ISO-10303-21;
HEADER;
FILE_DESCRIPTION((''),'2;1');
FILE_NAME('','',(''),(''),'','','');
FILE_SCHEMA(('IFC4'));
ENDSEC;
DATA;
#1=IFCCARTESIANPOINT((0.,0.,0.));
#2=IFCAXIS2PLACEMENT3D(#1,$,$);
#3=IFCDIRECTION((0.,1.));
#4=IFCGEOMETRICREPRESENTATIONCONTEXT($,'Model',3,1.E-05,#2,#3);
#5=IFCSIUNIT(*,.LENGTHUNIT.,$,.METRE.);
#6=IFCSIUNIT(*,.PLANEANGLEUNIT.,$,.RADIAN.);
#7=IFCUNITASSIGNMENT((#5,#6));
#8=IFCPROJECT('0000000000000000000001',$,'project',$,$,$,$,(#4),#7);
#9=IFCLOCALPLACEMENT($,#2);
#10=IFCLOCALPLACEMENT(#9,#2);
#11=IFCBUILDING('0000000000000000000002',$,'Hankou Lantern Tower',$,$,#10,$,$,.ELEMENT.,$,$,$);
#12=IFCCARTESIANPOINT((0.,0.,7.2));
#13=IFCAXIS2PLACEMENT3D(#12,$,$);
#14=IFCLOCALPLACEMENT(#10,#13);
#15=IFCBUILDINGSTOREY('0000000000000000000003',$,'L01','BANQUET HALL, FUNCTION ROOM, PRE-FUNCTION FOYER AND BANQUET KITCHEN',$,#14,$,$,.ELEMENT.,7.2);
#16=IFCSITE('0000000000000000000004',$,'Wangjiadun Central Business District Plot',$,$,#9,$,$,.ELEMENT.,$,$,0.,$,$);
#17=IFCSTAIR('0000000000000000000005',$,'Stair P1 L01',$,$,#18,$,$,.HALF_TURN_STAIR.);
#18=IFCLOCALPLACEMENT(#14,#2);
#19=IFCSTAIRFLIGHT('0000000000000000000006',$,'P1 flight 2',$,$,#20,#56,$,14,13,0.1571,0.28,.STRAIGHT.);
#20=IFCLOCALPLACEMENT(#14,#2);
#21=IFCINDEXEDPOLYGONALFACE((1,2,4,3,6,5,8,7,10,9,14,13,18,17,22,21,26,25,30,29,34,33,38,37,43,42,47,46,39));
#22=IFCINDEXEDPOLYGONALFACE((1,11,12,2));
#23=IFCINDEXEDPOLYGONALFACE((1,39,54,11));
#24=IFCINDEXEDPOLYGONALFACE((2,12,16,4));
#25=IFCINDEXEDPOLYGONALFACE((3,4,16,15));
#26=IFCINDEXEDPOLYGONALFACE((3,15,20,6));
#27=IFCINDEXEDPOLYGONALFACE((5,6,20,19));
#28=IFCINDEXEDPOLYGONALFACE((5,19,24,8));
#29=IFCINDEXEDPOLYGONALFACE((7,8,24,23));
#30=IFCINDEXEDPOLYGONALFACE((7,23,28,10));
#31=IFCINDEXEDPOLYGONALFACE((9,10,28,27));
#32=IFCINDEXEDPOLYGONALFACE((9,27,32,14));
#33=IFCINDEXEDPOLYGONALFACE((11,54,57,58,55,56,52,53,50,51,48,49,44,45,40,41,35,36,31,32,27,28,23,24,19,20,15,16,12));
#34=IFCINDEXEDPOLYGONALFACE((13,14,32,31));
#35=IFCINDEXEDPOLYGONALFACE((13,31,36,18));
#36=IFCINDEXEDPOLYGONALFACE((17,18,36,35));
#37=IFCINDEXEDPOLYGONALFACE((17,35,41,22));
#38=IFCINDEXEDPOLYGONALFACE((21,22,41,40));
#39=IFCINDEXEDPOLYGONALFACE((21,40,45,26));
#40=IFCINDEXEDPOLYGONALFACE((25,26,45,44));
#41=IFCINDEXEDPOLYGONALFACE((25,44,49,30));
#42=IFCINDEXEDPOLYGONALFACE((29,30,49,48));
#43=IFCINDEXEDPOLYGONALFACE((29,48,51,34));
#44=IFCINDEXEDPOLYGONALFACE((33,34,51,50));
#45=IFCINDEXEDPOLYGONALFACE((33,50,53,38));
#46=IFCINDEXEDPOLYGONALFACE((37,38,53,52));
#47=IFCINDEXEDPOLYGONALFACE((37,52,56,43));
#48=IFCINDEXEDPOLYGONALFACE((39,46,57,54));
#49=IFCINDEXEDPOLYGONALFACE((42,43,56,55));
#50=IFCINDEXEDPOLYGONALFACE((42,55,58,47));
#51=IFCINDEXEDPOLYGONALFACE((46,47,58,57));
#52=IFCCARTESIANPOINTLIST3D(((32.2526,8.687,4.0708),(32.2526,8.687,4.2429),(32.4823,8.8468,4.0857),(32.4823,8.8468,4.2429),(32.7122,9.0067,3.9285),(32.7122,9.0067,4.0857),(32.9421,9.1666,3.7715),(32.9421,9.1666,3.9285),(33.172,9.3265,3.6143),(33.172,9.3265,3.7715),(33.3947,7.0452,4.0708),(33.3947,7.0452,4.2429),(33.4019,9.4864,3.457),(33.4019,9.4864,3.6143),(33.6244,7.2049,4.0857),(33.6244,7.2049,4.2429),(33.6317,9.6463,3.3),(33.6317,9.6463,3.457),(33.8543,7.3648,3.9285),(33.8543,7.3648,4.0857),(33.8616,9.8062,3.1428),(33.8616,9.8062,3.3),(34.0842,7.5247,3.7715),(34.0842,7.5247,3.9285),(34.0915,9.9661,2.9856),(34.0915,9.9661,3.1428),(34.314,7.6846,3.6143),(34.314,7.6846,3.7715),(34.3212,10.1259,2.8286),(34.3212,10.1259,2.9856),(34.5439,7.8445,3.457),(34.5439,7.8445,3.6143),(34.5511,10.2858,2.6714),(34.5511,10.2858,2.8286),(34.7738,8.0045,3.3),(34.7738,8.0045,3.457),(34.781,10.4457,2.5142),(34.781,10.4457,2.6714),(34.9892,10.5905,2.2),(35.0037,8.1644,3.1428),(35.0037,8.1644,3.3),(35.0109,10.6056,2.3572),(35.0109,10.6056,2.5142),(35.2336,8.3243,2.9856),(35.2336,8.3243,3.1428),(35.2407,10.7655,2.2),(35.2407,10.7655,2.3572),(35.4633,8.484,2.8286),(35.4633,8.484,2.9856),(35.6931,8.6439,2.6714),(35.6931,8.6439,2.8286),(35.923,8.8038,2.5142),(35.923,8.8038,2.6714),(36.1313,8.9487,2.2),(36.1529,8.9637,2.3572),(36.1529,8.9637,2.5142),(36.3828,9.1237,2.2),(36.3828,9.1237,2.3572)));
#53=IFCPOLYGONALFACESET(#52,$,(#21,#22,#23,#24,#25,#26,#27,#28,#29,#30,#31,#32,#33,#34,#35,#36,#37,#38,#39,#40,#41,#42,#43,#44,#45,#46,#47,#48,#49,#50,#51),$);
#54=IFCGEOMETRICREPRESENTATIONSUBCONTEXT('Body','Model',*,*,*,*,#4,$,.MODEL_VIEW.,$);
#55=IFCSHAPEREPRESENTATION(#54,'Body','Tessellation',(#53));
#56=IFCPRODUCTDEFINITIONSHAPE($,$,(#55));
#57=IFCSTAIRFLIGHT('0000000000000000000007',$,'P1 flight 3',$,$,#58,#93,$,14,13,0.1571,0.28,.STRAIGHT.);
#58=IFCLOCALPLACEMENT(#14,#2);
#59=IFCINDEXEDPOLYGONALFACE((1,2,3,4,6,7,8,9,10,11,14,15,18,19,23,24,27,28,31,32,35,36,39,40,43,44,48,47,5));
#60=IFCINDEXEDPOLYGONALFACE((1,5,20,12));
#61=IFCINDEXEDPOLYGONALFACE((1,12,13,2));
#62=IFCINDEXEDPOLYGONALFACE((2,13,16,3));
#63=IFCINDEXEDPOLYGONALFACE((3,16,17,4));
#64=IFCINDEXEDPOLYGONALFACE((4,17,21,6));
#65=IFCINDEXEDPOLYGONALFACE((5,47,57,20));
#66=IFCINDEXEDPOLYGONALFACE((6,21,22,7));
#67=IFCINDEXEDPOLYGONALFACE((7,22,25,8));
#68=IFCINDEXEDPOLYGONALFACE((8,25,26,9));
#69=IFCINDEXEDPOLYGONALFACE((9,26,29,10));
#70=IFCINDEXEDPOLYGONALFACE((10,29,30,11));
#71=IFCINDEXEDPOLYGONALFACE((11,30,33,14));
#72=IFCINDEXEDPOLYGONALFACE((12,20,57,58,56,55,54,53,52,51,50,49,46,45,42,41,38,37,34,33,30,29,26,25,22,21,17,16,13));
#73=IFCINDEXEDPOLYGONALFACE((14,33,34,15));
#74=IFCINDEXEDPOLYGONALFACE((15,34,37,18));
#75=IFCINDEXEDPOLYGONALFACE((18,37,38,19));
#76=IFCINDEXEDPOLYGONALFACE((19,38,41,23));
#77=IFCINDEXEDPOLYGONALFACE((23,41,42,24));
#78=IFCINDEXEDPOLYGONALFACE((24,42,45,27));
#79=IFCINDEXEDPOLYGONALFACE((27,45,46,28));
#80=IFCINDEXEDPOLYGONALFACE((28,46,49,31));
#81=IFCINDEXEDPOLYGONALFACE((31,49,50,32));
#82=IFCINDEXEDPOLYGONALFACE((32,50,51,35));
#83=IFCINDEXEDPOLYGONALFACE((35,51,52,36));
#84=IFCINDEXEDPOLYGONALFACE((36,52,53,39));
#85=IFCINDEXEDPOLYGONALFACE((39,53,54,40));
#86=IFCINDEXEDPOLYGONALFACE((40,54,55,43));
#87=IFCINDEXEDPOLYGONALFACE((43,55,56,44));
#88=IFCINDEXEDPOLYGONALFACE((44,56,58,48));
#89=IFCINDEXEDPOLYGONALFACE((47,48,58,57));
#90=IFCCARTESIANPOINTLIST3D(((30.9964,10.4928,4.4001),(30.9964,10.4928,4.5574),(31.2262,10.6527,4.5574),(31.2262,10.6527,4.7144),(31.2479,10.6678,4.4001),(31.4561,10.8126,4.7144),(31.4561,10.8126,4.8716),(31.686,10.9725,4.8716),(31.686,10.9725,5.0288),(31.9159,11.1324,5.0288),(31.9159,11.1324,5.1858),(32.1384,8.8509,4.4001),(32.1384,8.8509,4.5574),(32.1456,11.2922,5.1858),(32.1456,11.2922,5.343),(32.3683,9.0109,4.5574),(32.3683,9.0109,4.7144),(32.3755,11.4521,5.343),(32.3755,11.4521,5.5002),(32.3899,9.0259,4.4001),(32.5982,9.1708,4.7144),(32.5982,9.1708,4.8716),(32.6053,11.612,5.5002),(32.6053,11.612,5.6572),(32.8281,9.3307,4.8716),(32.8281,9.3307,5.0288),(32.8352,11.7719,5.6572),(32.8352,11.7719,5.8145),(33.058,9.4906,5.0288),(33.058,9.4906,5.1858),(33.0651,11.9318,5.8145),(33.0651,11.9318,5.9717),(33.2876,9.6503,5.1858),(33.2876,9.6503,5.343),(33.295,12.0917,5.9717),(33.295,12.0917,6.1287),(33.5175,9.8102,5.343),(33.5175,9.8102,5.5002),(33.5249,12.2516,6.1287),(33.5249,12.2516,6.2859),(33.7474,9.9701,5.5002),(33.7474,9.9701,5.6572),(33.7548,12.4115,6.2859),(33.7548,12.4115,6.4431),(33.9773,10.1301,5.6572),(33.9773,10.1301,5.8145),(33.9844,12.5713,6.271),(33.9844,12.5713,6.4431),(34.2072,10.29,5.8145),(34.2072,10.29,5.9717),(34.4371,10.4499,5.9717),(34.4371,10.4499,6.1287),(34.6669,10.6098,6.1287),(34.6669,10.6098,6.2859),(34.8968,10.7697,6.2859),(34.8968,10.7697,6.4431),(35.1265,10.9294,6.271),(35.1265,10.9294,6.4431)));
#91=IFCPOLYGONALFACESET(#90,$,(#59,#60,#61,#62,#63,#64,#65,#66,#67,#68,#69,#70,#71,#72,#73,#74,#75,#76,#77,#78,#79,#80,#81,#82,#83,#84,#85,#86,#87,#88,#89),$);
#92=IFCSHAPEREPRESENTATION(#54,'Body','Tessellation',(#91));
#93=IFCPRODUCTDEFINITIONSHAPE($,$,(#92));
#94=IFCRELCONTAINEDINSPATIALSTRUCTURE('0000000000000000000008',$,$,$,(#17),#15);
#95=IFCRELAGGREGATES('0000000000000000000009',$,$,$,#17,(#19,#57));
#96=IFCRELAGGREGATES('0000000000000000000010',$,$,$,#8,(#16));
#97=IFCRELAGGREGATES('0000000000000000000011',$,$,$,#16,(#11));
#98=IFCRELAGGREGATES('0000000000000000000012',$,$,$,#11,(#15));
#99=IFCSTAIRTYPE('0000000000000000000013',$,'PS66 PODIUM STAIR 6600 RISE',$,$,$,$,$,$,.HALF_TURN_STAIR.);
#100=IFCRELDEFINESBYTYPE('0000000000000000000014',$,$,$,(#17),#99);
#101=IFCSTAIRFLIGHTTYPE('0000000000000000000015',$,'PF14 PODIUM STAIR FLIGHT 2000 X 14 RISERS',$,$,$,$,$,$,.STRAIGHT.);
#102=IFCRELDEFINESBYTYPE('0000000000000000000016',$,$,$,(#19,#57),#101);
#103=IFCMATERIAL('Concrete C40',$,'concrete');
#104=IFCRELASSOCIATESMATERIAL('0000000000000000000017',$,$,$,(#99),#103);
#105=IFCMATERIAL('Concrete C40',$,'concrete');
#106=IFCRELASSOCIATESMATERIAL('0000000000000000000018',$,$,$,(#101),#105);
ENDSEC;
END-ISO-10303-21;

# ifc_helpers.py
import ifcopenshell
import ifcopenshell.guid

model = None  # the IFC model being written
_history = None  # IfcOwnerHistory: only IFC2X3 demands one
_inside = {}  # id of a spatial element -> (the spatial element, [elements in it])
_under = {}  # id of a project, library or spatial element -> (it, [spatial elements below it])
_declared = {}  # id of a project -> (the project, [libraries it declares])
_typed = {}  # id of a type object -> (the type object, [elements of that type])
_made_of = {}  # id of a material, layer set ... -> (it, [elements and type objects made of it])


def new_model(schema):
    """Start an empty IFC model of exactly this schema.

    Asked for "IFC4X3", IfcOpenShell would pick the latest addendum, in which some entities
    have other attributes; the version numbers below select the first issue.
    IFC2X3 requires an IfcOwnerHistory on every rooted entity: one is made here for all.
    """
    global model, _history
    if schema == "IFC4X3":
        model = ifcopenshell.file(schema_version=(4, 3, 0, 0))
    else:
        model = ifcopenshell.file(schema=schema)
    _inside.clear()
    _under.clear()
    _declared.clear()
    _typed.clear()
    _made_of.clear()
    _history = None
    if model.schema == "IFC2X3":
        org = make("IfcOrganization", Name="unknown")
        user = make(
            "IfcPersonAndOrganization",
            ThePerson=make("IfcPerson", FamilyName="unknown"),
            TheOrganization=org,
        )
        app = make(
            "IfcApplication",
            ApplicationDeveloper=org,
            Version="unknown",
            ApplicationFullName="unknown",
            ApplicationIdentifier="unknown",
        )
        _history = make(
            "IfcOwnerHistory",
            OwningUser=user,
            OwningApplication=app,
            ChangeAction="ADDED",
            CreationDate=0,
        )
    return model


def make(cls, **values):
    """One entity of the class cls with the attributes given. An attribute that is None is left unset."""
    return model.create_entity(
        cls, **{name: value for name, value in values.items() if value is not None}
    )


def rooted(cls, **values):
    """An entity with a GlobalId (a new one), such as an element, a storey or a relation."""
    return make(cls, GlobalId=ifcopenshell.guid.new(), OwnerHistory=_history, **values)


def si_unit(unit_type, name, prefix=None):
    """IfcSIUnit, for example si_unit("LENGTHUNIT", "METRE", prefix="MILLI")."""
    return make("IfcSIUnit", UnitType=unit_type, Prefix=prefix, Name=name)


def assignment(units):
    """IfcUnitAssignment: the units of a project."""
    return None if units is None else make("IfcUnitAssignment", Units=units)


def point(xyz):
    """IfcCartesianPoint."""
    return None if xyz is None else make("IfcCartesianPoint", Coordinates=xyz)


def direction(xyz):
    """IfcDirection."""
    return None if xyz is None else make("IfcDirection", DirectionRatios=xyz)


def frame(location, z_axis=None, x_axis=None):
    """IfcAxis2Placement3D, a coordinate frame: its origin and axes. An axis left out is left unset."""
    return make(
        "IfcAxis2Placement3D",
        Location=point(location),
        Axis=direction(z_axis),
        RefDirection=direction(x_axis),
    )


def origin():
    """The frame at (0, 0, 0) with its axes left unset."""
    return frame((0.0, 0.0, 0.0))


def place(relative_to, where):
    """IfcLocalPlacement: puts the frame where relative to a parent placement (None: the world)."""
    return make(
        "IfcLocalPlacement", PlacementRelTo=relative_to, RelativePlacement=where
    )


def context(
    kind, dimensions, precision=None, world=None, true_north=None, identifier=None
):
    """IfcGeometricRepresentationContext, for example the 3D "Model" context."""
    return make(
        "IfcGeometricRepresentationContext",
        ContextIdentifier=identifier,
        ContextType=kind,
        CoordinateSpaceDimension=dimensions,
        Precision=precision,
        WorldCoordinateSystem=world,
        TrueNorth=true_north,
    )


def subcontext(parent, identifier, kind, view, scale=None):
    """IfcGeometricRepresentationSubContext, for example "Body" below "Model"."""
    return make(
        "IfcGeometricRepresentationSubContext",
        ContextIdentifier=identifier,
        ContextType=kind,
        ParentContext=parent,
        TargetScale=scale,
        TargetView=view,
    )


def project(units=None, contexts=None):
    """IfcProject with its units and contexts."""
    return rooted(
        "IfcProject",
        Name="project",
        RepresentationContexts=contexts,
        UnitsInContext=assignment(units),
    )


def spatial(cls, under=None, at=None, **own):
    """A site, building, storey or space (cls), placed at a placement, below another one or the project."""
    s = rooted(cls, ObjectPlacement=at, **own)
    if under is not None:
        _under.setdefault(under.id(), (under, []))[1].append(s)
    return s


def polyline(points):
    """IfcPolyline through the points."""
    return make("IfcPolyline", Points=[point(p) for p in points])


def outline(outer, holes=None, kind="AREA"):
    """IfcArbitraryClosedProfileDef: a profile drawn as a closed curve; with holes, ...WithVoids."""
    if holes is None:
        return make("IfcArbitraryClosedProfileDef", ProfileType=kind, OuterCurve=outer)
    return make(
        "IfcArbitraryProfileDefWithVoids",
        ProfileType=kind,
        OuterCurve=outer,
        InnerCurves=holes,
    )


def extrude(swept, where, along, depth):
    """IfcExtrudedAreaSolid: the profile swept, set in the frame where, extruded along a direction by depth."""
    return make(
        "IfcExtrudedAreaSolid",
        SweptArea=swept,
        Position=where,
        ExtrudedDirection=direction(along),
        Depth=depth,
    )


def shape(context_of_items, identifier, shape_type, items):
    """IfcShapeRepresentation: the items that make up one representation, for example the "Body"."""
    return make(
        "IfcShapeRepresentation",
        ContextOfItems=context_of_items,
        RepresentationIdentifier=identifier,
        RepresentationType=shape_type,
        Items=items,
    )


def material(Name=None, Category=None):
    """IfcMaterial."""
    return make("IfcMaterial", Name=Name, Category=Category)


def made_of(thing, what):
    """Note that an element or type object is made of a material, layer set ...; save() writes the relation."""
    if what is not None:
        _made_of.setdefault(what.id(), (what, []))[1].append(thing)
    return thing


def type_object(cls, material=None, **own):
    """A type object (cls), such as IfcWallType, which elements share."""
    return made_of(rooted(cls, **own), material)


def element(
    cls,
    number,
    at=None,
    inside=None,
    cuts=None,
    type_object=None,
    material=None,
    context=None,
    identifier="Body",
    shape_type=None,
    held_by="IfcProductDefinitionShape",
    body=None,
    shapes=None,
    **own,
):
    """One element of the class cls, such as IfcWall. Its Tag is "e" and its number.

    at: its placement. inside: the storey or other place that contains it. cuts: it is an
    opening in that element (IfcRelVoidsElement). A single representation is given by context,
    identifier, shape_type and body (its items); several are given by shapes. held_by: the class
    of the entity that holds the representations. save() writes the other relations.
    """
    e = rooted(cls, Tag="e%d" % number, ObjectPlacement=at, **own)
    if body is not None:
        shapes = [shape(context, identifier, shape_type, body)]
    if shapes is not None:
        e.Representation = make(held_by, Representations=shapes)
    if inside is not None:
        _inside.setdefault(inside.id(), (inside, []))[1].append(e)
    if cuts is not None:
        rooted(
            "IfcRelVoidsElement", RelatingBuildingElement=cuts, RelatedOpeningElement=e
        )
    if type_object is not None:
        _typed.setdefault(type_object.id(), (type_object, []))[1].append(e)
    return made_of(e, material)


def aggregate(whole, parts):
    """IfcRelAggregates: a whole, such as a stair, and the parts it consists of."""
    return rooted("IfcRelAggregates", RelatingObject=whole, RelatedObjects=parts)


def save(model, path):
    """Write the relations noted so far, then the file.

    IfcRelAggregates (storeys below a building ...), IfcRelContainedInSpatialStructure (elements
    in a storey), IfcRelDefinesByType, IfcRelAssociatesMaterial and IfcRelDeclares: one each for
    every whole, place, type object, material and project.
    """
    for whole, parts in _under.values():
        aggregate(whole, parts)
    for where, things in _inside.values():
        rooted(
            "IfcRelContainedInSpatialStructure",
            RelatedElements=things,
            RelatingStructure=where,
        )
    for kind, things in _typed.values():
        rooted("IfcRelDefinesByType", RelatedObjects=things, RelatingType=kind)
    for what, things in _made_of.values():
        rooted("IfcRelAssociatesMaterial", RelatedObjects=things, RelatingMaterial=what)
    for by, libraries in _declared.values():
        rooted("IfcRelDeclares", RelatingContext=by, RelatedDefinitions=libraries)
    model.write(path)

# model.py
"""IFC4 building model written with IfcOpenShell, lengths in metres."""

from ifc_helpers import new_model, si_unit, direction, frame, origin, place, context, subcontext, project, spatial, polyline, outline, extrude, material, type_object, element, aggregate, save


model = new_model("IFC4")

# Units and contexts
model_context = context("Model", 3, precision=1e-05, world=origin(), true_north=direction((0.0, 1.0)))
body_context = subcontext(model_context, "Body", "Model", "MODEL_VIEW")
ifc_project = project(units=[si_unit("LENGTHUNIT", "METRE"), si_unit("PLANEANGLEUNIT", "RADIAN")], contexts=[model_context])

# Site, building, storey
site_placement = place(None, origin())
site = spatial("IfcSite", under=ifc_project, at=site_placement, Name="Wangjiadun Central Business District Plot", CompositionType="ELEMENT", RefElevation=0.0)
building_placement = place(site_placement, origin())
building = spatial("IfcBuilding", under=site, at=building_placement, Name="Hankou Lantern Tower", CompositionType="ELEMENT")
storey_placement = place(building_placement, frame((0.0, 0.0, 7.2)))
storey = spatial("IfcBuildingStorey", under=building, at=storey_placement, Name="L01", Description="BANQUET HALL, FUNCTION ROOM, PRE-FUNCTION FOYER AND BANQUET KITCHEN", CompositionType="ELEMENT", Elevation=7.2)

# Stair, stair flights
ifc_material_1 = material(Name="Concrete C40", Category="concrete")
stair_type = type_object("IfcStairType", Name="PS66 PODIUM STAIR 6600 RISE", PredefinedType="HALF_TURN_STAIR", material=ifc_material_1)
stair_placement = place(storey_placement, origin())
stair = element("IfcStair", 1, at=stair_placement, inside=storey, type_object=stair_type, Name="Stair P1 L01", PredefinedType="HALF_TURN_STAIR")
ifc_material_2 = material(Name="Concrete C40", Category="concrete")
stair_flight_type = type_object("IfcStairFlightType", Name="PF14 PODIUM STAIR FLIGHT 2000 X 14 RISERS", PredefinedType="STRAIGHT", material=ifc_material_2)
stair_flight_1_placement = place(storey_placement, frame((35.8118, 9.9446, 2.2), z_axis=(0.0, 0.0, 1.0), x_axis=(-0.820927, -0.571033, 0.0)))
stair_flight_1 = element("IfcStairFlight", 2, at=stair_flight_1_placement, type_object=stair_flight_type, Name="P1 flight 2", NumberOfRisers=14, NumberOfTreads=13, PredefinedType="STRAIGHT", RiserHeight=0.1571, TreadLength=0.28, context=body_context, shape_type="SweptSolid", body=[
    extrude(outline(polyline([(0.0, 0.0), (0.0, 0.1572), (0.28, 0.1572), (0.28, 0.3142), (0.5601, 0.3142), (0.5601, 0.4714), (0.8401, 0.4714), (0.8401, 0.6287), (1.1201, 0.6287), (1.1201, 0.7856), (1.3999, 0.7856), (1.3999, 0.9429), (1.6799, 0.9429), (1.6799, 1.1001), (1.96, 1.1001), (1.96, 1.2571), (2.24, 1.2571), (2.24, 1.4143), (2.52, 1.4143), (2.52, 1.5715), (2.8, 1.5715), (2.8, 1.7285), (3.0801, 1.7285), (3.0801, 1.8857), (3.3601, 1.8857), (3.3601, 2.043), (3.6399, 2.043), (3.6399, 2.2), (3.6399, 1.8708), (0.3064, 0.0), (0.0, 0.0)])), frame((0.0, 1.0, 0.0), z_axis=(0.0, -1.0, 0.0), x_axis=(1.0, 0.0, 0.0)), (0.0, 0.0, 1.0), 2.0),
])
stair_flight_2_placement = place(storey_placement, frame((31.5674, 9.6719, 4.4001), z_axis=(0.0, 0.0, 1.0), x_axis=(0.820927, 0.571033, 0.0)))
stair_flight_2 = element("IfcStairFlight", 3, at=stair_flight_2_placement, type_object=stair_flight_type, Name="P1 flight 3", NumberOfRisers=14, NumberOfTreads=13, PredefinedType="STRAIGHT", RiserHeight=0.1571, TreadLength=0.28, context=body_context, shape_type="SweptSolid", body=[
    extrude(outline(polyline([(0.0, 0.0), (0.0, 0.1572), (0.28, 0.1572), (0.28, 0.3142), (0.5601, 0.3142), (0.5601, 0.4714), (0.8401, 0.4714), (0.8401, 0.6287), (1.1201, 0.6287), (1.1201, 0.7856), (1.3999, 0.7856), (1.3999, 0.9429), (1.6799, 0.9429), (1.6799, 1.1001), (1.96, 1.1001), (1.96, 1.2571), (2.24, 1.2571), (2.24, 1.4143), (2.52, 1.4143), (2.52, 1.5715), (2.8, 1.5715), (2.8, 1.7285), (3.0801, 1.7285), (3.0801, 1.8857), (3.3601, 1.8857), (3.3601, 2.043), (3.6399, 2.043), (3.6399, 2.2), (3.6399, 1.8708), (0.3064, 0.0), (0.0, 0.0)])), frame((0.0, 1.0, 0.0), z_axis=(0.0, -1.0, 0.0), x_axis=(1.0, 0.0, 0.0)), (0.0, 0.0, 1.0), 2.0),
])
aggregate(stair, [stair_flight_1, stair_flight_2])

save(model, "model.ifc")
